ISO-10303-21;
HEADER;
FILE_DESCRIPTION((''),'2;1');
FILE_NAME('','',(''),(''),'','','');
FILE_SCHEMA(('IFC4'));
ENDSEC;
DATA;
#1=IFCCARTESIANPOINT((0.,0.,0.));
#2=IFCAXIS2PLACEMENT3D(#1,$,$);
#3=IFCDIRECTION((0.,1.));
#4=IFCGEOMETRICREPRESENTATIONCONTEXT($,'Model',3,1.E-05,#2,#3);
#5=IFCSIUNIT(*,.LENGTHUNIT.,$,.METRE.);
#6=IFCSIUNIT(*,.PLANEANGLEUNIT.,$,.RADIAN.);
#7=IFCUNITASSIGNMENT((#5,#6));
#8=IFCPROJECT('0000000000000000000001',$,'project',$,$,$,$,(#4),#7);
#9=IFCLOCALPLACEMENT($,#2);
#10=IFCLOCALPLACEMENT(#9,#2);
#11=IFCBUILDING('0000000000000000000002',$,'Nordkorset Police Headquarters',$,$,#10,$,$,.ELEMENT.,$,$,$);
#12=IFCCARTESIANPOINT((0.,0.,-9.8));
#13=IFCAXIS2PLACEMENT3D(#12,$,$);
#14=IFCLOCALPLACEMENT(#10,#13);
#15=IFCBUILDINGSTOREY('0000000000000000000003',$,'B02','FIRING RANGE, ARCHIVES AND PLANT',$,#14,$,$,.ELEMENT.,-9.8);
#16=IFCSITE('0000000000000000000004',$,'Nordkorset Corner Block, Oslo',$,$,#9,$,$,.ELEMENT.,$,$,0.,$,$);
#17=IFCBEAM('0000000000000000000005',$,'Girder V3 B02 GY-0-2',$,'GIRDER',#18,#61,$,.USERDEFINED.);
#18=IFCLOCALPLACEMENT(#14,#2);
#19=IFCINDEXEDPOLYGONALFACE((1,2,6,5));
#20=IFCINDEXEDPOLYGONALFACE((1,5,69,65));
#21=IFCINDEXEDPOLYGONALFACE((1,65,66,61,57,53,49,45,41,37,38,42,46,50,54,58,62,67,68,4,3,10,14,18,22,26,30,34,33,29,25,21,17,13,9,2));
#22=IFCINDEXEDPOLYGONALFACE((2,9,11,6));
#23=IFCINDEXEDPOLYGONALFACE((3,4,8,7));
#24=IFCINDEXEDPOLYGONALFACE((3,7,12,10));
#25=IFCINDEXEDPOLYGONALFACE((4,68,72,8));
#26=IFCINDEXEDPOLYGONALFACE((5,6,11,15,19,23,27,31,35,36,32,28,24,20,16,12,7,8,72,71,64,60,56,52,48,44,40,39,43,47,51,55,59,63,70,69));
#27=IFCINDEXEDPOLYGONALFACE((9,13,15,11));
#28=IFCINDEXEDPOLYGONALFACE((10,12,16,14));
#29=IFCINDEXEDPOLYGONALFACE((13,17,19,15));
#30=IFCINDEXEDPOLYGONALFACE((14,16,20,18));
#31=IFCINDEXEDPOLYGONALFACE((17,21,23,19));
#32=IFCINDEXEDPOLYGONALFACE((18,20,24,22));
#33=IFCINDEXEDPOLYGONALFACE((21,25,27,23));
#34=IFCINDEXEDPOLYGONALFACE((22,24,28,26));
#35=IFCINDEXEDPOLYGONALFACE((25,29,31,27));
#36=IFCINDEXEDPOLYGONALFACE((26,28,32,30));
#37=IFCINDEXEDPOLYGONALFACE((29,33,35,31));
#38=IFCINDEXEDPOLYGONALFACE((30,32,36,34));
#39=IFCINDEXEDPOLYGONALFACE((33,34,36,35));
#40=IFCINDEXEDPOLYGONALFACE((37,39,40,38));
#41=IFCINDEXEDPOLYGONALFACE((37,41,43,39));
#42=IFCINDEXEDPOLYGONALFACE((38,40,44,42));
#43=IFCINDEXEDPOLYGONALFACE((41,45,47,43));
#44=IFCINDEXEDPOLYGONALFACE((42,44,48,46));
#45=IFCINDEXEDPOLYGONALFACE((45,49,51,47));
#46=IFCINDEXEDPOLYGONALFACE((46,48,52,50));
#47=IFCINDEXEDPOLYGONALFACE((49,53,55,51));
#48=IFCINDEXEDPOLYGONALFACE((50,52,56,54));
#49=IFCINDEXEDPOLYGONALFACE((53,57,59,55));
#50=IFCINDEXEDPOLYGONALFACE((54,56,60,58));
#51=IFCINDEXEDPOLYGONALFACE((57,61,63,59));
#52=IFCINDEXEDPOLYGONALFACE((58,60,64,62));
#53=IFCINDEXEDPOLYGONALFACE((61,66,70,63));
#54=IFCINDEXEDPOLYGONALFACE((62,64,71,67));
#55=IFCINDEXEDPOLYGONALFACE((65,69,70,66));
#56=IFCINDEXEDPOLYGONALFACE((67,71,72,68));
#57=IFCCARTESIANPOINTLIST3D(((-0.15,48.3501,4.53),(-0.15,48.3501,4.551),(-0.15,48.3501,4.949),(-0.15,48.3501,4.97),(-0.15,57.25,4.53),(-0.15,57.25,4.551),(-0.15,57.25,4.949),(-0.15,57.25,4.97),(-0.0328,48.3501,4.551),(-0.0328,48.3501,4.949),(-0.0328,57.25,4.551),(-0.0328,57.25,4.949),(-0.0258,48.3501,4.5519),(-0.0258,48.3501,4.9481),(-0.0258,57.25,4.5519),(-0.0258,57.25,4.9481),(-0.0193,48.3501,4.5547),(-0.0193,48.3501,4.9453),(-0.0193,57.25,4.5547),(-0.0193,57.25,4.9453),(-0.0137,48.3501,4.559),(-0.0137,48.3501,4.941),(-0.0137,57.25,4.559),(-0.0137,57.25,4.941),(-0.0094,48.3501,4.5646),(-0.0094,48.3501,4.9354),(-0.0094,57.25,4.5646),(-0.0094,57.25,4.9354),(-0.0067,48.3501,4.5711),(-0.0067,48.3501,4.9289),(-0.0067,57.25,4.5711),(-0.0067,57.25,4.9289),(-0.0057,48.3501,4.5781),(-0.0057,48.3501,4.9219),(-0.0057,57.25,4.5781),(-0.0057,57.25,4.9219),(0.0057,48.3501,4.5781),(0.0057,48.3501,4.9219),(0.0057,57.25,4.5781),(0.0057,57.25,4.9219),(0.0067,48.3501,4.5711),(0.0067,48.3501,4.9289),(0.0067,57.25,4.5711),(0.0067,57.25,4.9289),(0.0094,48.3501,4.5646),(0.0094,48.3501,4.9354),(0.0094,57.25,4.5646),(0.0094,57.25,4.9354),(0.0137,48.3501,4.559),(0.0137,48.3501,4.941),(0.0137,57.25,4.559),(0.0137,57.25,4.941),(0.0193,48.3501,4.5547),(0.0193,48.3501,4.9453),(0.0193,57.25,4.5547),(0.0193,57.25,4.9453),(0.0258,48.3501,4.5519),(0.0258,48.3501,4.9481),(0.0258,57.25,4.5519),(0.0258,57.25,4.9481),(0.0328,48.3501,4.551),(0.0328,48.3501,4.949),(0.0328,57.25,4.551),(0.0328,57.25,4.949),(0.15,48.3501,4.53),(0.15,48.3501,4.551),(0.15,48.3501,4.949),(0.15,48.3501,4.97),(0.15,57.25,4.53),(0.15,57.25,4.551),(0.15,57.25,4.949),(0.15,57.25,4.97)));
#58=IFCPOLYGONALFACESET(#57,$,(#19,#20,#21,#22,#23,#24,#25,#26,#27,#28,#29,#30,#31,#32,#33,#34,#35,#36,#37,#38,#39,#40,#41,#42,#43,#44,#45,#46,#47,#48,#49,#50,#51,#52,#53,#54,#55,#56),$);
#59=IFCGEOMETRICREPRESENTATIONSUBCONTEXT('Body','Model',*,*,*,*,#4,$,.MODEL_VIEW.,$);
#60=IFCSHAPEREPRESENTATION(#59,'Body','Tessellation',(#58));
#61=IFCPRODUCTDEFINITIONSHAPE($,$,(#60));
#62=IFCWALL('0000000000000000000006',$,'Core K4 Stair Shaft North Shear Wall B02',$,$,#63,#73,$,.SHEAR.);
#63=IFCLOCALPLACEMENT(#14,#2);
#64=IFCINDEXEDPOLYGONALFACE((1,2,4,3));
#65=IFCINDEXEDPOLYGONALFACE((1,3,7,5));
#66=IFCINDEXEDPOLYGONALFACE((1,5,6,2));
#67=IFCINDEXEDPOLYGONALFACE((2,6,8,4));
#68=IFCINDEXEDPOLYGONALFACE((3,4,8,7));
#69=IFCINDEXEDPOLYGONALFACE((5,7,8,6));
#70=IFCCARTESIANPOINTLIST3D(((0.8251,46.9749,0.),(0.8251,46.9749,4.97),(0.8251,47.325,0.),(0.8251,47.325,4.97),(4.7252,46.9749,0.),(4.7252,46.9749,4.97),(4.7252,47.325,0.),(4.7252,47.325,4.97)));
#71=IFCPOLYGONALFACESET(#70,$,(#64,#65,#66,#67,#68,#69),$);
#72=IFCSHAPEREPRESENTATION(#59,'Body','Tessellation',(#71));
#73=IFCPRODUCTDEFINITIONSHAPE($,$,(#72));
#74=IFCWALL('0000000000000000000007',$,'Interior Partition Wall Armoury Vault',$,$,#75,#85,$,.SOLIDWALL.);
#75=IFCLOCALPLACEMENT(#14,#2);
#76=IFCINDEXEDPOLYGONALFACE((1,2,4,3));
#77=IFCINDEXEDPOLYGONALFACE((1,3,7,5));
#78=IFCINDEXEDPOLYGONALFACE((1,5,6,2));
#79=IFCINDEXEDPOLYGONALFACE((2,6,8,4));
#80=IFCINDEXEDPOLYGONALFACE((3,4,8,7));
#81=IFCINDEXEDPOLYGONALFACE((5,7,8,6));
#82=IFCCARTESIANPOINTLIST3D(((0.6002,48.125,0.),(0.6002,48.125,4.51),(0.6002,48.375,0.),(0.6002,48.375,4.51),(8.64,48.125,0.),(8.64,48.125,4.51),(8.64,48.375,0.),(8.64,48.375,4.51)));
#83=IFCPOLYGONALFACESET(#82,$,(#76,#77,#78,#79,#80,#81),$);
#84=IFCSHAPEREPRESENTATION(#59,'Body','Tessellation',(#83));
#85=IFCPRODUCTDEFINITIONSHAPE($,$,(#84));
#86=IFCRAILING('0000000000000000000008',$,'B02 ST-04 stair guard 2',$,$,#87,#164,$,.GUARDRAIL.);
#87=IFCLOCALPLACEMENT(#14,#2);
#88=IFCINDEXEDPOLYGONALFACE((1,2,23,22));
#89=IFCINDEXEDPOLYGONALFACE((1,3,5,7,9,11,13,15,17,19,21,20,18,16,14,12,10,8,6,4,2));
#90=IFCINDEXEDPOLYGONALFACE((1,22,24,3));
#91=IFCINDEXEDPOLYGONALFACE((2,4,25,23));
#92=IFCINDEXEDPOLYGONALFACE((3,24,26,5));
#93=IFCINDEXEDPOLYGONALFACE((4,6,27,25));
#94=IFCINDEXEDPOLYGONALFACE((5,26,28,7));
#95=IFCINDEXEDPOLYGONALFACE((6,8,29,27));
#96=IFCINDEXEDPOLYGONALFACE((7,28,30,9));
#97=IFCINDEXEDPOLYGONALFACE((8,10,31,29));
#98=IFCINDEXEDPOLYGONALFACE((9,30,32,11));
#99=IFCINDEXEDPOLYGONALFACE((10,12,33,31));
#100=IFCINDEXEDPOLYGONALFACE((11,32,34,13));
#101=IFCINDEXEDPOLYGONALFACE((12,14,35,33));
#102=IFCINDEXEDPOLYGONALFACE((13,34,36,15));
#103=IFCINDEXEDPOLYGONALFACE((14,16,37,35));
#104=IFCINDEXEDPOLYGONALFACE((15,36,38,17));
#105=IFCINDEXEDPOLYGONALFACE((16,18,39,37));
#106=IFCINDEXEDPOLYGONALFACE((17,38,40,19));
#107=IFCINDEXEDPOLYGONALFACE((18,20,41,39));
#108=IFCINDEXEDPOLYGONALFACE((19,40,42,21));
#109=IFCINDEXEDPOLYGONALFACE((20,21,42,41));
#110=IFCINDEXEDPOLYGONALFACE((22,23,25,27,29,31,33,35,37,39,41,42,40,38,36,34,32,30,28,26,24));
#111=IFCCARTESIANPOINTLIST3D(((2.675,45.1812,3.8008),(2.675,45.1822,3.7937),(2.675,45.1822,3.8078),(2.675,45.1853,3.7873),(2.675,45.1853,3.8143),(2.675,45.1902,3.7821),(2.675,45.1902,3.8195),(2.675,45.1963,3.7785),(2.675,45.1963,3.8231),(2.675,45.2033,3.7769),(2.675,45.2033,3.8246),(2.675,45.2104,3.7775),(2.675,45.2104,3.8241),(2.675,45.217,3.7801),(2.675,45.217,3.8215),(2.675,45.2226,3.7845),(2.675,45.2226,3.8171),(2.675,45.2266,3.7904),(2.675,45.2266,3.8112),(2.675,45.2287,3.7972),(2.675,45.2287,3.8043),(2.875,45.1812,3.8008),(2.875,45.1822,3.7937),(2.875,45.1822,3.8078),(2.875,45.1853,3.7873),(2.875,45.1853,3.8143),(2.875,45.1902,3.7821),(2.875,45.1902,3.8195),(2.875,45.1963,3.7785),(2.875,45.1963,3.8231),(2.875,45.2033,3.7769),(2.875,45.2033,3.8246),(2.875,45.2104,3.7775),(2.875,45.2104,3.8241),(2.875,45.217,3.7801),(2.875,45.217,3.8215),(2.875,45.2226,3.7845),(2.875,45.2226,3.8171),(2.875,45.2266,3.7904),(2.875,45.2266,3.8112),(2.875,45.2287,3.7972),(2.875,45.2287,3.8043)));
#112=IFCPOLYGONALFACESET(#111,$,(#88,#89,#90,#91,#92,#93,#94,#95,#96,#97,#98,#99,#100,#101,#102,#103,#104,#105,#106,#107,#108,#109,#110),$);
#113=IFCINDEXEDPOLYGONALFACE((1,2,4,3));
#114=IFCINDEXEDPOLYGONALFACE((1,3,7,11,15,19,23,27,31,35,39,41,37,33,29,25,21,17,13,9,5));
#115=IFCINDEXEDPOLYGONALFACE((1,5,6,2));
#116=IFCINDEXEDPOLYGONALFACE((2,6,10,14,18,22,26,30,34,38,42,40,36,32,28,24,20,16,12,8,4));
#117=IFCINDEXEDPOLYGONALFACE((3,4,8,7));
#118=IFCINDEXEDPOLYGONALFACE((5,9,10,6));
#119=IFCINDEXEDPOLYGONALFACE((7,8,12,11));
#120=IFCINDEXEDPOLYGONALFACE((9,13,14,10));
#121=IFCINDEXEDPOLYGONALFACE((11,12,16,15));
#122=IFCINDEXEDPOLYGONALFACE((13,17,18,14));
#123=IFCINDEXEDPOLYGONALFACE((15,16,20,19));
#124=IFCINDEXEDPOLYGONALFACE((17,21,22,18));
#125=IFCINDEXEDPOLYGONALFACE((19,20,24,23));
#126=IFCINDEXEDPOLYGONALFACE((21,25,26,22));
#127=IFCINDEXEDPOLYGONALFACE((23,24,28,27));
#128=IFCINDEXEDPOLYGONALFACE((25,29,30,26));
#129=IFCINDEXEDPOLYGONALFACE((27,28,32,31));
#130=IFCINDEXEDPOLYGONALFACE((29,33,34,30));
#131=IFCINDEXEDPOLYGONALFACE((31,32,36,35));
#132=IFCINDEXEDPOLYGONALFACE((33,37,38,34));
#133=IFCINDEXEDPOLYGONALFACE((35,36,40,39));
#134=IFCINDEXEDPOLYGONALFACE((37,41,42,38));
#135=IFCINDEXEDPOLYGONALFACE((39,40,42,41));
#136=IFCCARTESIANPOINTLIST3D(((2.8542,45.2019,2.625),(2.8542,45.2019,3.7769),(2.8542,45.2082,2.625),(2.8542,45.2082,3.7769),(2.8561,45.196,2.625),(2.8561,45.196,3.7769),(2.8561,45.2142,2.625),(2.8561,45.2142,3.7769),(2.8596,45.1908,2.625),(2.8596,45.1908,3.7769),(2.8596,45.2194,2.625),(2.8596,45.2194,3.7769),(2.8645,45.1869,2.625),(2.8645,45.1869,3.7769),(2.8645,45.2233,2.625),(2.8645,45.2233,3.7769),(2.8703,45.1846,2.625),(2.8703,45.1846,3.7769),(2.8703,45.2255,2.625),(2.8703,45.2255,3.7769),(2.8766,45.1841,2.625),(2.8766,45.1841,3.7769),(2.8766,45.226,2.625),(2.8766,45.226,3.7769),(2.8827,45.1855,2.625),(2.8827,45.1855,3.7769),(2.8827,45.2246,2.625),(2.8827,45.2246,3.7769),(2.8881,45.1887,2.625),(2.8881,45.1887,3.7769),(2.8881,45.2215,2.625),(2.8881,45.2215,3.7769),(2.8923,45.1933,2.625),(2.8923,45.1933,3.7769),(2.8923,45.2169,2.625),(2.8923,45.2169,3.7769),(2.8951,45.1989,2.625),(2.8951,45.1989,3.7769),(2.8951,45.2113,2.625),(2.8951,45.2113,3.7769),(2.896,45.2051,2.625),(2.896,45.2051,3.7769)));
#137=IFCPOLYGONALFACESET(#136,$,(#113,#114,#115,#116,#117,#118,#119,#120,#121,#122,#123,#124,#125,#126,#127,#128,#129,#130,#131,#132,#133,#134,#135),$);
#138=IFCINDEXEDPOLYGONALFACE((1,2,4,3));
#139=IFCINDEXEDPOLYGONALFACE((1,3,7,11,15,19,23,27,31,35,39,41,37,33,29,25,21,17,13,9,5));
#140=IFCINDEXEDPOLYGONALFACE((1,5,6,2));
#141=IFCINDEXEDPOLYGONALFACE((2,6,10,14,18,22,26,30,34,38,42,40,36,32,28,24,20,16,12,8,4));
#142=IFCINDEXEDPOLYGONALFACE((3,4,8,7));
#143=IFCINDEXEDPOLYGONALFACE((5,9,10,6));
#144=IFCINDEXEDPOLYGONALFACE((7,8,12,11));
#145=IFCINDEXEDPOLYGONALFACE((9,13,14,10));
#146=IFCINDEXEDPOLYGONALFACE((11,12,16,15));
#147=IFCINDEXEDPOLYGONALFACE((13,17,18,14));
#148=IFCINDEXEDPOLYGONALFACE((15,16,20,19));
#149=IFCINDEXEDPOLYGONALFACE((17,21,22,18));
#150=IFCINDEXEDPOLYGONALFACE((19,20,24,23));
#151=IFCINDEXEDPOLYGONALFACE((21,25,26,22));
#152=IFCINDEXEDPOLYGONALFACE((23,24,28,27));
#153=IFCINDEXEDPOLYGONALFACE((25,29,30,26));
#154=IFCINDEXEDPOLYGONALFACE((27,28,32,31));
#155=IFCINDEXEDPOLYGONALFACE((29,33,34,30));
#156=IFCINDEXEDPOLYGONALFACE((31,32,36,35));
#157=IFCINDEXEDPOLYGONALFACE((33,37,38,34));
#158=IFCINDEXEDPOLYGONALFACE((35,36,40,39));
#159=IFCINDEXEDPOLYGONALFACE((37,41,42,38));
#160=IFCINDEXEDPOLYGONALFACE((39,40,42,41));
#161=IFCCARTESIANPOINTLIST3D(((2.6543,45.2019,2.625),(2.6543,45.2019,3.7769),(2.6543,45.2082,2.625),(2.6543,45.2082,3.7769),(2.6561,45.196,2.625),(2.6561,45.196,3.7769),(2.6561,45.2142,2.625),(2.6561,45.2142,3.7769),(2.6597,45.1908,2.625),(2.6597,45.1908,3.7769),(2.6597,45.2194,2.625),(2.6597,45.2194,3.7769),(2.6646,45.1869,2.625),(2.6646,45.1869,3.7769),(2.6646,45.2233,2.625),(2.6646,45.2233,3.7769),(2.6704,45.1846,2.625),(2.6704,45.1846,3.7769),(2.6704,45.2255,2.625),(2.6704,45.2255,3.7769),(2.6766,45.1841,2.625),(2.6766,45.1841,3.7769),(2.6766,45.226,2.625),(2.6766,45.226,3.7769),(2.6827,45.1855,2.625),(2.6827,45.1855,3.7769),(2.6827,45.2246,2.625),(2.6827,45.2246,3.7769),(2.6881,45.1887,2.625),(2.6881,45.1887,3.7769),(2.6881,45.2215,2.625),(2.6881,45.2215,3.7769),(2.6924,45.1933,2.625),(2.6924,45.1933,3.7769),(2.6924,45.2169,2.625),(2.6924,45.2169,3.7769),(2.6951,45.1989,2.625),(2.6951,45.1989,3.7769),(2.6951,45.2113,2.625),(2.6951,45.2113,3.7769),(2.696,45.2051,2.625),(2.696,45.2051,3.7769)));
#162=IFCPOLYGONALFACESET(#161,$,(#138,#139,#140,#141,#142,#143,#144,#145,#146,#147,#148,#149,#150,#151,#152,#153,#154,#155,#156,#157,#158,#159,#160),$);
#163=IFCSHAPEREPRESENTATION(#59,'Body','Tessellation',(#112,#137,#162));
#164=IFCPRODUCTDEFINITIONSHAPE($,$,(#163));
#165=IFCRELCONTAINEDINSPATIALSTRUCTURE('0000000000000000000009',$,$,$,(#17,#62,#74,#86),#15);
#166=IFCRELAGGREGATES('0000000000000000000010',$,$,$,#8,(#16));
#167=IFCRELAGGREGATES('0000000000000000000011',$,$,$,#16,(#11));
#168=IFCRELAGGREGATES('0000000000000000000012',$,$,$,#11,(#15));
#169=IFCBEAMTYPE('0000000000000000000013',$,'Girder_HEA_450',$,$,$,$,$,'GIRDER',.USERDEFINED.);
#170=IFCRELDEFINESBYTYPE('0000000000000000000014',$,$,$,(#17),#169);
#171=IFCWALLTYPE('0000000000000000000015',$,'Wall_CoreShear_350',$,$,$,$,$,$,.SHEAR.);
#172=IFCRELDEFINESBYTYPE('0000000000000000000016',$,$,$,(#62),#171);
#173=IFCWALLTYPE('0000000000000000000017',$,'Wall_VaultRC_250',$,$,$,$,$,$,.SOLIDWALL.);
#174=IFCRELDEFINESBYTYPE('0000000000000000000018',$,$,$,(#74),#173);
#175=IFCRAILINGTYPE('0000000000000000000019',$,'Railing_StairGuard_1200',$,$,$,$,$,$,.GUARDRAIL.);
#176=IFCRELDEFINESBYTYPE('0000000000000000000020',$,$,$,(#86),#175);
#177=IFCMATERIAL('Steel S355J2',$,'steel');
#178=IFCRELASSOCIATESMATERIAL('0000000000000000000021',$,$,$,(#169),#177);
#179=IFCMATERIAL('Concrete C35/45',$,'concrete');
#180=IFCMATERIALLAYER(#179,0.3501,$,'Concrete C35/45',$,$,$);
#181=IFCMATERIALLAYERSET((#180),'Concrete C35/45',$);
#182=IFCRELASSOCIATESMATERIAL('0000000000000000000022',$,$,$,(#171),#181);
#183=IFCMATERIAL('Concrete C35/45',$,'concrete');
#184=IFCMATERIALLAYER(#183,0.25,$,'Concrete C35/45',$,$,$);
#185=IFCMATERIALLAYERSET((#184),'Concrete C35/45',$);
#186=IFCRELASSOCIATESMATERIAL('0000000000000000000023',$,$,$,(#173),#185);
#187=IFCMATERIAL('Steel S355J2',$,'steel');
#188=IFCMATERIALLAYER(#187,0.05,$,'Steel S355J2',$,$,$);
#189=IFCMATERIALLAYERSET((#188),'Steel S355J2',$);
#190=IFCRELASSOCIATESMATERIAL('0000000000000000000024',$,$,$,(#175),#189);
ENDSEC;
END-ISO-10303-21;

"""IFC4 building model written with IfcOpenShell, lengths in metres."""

from ifc_helpers import new_model, si_unit, direction, frame, frame_2d, origin, origin_2d, place, context, subcontext, project, spatial, rectangle, circle, i_section, extrude, material, layer, layer_set, material_profile, profile_set, type_object, element, save


model = new_model("IFC4")

# Units and contexts
model_context = context("Model", 3, precision=1e-05, world=origin(), true_north=direction((0.0, 1.0)))
body_context = subcontext(model_context, "Body", "Model", "MODEL_VIEW")
ifc_project = project(units=[si_unit("LENGTHUNIT", "METRE"), si_unit("PLANEANGLEUNIT", "RADIAN")], contexts=[model_context])

# Site, building, storey
site_placement = place(None, origin())
site = spatial("IfcSite", under=ifc_project, at=site_placement, Name="Nordkorset Corner Block, Oslo", CompositionType="ELEMENT", RefElevation=0.0)
building_placement = place(site_placement, origin())
building = spatial("IfcBuilding", under=site, at=building_placement, Name="Nordkorset Police Headquarters", CompositionType="ELEMENT")
storey_placement = place(building_placement, frame((0.0, 0.0, -9.8)))
storey = spatial("IfcBuildingStorey", under=building, at=storey_placement, Name="B02", Description="FIRING RANGE, ARCHIVES AND PLANT", CompositionType="ELEMENT", Elevation=-9.8)

# Beam
ifc_material_1 = material(Name="Steel S355J2", Category="steel")
ifc_material_profile_1 = material_profile(ifc_material_1, i_section(OverallWidth=0.3, OverallDepth=0.4399, WebThickness=0.0115, FlangeThickness=0.021, FilletRadius=0.0271, at=origin_2d()), Name="HEA 450")
ifc_profile_set_1 = profile_set([ifc_material_profile_1], Name="Steel S355J2")
beam_type_1 = type_object("IfcBeamType", Name="Girder_HEA_450", ElementType="GIRDER", PredefinedType="USERDEFINED", material=ifc_profile_set_1)
beam_1_placement = place(storey_placement, frame((0.0, 48.3501, 4.75), z_axis=(0.0, 1.0, 0.0), x_axis=(-1.0, 0.0, 0.0)))
element("IfcBeam", 1, at=beam_1_placement, inside=storey, type_object=beam_type_1, Name="Girder V3 B02 GY-0-2", ObjectType="GIRDER", PredefinedType="USERDEFINED", context=body_context, shape_type="SweptSolid", body=[
    extrude(i_section(OverallWidth=0.3, OverallDepth=0.4399, WebThickness=0.0115, FlangeThickness=0.021, FilletRadius=0.0271, at=origin_2d()), origin(), (0.0, 0.0, 1.0), 8.8999),
])

# Walls
ifc_material_2 = material(Name="Concrete C35/45", Category="concrete")
ifc_layer_1 = layer(ifc_material_2, 0.3501, Name="Concrete C35/45")
ifc_layer_set_1 = layer_set([ifc_layer_1], Name="Concrete C35/45")
wall_type_1 = type_object("IfcWallType", Name="Wall_CoreShear_350", PredefinedType="SHEAR", material=ifc_layer_set_1)
wall_1_placement = place(storey_placement, frame((0.825, 47.1499, 0.0), z_axis=(0.0, 0.0, 1.0), x_axis=(1.0, 0.0, 0.0)))
element("IfcWall", 2, at=wall_1_placement, inside=storey, type_object=wall_type_1, Name="Core K4 Stair Shaft North Shear Wall B02", PredefinedType="SHEAR", context=body_context, shape_type="SweptSolid", body=[
    extrude(rectangle(XDim=3.9001, YDim=0.3501, at=frame_2d((1.9502, 0.0))), origin(), (0.0, 0.0, 1.0), 4.97),
])
ifc_material_3 = material(Name="Concrete C35/45", Category="concrete")
ifc_layer_2 = layer(ifc_material_3, 0.25, Name="Concrete C35/45")
ifc_layer_set_2 = layer_set([ifc_layer_2], Name="Concrete C35/45")
wall_type_2 = type_object("IfcWallType", Name="Wall_VaultRC_250", PredefinedType="SOLIDWALL", material=ifc_layer_set_2)
wall_2_placement = place(storey_placement, frame((0.6001, 48.25, 0.0), z_axis=(0.0, 0.0, 1.0), x_axis=(1.0, 0.0, 0.0)))
element("IfcWall", 3, at=wall_2_placement, inside=storey, type_object=wall_type_2, Name="Interior Partition Wall Armoury Vault", PredefinedType="SOLIDWALL", context=body_context, shape_type="SweptSolid", body=[
    extrude(rectangle(XDim=8.0398, YDim=0.25, at=frame_2d((4.02, 0.0))), origin(), (0.0, 0.0, 1.0), 4.51),
])

# Railing
ifc_material_4 = material(Name="Steel S355J2", Category="steel")
ifc_layer_3 = layer(ifc_material_4, 0.05, Name="Steel S355J2")
ifc_layer_set_3 = layer_set([ifc_layer_3], Name="Steel S355J2")
railing_type = type_object("IfcRailingType", Name="Railing_StairGuard_1200", PredefinedType="GUARDRAIL", material=ifc_layer_set_3)
railing_placement = place(storey_placement, frame((2.875, 45.2051, 2.625)))
element("IfcRailing", 4, at=railing_placement, inside=storey, type_object=railing_type, Name="B02 ST-04 stair guard 2", PredefinedType="GUARDRAIL", context=body_context, shape_type="SweptSolid", body=[
    extrude(circle(Radius=0.0239, at=origin_2d()), frame((0.0, 0.0, 1.1758), z_axis=(-1.0, 0.0, 0.0), x_axis=(0.0, -1.0, 0.0)), (0.0, 0.0, 1.0), 0.2),
    extrude(circle(Radius=0.021, at=origin_2d()), origin(), (0.0, 0.0, 1.0), 1.1519),
    extrude(circle(Radius=0.021, at=origin_2d()), frame((-0.2, 0.0, 0.0)), (0.0, 0.0, 1.0), 1.1519),
])

save(model, "model.ifc")
